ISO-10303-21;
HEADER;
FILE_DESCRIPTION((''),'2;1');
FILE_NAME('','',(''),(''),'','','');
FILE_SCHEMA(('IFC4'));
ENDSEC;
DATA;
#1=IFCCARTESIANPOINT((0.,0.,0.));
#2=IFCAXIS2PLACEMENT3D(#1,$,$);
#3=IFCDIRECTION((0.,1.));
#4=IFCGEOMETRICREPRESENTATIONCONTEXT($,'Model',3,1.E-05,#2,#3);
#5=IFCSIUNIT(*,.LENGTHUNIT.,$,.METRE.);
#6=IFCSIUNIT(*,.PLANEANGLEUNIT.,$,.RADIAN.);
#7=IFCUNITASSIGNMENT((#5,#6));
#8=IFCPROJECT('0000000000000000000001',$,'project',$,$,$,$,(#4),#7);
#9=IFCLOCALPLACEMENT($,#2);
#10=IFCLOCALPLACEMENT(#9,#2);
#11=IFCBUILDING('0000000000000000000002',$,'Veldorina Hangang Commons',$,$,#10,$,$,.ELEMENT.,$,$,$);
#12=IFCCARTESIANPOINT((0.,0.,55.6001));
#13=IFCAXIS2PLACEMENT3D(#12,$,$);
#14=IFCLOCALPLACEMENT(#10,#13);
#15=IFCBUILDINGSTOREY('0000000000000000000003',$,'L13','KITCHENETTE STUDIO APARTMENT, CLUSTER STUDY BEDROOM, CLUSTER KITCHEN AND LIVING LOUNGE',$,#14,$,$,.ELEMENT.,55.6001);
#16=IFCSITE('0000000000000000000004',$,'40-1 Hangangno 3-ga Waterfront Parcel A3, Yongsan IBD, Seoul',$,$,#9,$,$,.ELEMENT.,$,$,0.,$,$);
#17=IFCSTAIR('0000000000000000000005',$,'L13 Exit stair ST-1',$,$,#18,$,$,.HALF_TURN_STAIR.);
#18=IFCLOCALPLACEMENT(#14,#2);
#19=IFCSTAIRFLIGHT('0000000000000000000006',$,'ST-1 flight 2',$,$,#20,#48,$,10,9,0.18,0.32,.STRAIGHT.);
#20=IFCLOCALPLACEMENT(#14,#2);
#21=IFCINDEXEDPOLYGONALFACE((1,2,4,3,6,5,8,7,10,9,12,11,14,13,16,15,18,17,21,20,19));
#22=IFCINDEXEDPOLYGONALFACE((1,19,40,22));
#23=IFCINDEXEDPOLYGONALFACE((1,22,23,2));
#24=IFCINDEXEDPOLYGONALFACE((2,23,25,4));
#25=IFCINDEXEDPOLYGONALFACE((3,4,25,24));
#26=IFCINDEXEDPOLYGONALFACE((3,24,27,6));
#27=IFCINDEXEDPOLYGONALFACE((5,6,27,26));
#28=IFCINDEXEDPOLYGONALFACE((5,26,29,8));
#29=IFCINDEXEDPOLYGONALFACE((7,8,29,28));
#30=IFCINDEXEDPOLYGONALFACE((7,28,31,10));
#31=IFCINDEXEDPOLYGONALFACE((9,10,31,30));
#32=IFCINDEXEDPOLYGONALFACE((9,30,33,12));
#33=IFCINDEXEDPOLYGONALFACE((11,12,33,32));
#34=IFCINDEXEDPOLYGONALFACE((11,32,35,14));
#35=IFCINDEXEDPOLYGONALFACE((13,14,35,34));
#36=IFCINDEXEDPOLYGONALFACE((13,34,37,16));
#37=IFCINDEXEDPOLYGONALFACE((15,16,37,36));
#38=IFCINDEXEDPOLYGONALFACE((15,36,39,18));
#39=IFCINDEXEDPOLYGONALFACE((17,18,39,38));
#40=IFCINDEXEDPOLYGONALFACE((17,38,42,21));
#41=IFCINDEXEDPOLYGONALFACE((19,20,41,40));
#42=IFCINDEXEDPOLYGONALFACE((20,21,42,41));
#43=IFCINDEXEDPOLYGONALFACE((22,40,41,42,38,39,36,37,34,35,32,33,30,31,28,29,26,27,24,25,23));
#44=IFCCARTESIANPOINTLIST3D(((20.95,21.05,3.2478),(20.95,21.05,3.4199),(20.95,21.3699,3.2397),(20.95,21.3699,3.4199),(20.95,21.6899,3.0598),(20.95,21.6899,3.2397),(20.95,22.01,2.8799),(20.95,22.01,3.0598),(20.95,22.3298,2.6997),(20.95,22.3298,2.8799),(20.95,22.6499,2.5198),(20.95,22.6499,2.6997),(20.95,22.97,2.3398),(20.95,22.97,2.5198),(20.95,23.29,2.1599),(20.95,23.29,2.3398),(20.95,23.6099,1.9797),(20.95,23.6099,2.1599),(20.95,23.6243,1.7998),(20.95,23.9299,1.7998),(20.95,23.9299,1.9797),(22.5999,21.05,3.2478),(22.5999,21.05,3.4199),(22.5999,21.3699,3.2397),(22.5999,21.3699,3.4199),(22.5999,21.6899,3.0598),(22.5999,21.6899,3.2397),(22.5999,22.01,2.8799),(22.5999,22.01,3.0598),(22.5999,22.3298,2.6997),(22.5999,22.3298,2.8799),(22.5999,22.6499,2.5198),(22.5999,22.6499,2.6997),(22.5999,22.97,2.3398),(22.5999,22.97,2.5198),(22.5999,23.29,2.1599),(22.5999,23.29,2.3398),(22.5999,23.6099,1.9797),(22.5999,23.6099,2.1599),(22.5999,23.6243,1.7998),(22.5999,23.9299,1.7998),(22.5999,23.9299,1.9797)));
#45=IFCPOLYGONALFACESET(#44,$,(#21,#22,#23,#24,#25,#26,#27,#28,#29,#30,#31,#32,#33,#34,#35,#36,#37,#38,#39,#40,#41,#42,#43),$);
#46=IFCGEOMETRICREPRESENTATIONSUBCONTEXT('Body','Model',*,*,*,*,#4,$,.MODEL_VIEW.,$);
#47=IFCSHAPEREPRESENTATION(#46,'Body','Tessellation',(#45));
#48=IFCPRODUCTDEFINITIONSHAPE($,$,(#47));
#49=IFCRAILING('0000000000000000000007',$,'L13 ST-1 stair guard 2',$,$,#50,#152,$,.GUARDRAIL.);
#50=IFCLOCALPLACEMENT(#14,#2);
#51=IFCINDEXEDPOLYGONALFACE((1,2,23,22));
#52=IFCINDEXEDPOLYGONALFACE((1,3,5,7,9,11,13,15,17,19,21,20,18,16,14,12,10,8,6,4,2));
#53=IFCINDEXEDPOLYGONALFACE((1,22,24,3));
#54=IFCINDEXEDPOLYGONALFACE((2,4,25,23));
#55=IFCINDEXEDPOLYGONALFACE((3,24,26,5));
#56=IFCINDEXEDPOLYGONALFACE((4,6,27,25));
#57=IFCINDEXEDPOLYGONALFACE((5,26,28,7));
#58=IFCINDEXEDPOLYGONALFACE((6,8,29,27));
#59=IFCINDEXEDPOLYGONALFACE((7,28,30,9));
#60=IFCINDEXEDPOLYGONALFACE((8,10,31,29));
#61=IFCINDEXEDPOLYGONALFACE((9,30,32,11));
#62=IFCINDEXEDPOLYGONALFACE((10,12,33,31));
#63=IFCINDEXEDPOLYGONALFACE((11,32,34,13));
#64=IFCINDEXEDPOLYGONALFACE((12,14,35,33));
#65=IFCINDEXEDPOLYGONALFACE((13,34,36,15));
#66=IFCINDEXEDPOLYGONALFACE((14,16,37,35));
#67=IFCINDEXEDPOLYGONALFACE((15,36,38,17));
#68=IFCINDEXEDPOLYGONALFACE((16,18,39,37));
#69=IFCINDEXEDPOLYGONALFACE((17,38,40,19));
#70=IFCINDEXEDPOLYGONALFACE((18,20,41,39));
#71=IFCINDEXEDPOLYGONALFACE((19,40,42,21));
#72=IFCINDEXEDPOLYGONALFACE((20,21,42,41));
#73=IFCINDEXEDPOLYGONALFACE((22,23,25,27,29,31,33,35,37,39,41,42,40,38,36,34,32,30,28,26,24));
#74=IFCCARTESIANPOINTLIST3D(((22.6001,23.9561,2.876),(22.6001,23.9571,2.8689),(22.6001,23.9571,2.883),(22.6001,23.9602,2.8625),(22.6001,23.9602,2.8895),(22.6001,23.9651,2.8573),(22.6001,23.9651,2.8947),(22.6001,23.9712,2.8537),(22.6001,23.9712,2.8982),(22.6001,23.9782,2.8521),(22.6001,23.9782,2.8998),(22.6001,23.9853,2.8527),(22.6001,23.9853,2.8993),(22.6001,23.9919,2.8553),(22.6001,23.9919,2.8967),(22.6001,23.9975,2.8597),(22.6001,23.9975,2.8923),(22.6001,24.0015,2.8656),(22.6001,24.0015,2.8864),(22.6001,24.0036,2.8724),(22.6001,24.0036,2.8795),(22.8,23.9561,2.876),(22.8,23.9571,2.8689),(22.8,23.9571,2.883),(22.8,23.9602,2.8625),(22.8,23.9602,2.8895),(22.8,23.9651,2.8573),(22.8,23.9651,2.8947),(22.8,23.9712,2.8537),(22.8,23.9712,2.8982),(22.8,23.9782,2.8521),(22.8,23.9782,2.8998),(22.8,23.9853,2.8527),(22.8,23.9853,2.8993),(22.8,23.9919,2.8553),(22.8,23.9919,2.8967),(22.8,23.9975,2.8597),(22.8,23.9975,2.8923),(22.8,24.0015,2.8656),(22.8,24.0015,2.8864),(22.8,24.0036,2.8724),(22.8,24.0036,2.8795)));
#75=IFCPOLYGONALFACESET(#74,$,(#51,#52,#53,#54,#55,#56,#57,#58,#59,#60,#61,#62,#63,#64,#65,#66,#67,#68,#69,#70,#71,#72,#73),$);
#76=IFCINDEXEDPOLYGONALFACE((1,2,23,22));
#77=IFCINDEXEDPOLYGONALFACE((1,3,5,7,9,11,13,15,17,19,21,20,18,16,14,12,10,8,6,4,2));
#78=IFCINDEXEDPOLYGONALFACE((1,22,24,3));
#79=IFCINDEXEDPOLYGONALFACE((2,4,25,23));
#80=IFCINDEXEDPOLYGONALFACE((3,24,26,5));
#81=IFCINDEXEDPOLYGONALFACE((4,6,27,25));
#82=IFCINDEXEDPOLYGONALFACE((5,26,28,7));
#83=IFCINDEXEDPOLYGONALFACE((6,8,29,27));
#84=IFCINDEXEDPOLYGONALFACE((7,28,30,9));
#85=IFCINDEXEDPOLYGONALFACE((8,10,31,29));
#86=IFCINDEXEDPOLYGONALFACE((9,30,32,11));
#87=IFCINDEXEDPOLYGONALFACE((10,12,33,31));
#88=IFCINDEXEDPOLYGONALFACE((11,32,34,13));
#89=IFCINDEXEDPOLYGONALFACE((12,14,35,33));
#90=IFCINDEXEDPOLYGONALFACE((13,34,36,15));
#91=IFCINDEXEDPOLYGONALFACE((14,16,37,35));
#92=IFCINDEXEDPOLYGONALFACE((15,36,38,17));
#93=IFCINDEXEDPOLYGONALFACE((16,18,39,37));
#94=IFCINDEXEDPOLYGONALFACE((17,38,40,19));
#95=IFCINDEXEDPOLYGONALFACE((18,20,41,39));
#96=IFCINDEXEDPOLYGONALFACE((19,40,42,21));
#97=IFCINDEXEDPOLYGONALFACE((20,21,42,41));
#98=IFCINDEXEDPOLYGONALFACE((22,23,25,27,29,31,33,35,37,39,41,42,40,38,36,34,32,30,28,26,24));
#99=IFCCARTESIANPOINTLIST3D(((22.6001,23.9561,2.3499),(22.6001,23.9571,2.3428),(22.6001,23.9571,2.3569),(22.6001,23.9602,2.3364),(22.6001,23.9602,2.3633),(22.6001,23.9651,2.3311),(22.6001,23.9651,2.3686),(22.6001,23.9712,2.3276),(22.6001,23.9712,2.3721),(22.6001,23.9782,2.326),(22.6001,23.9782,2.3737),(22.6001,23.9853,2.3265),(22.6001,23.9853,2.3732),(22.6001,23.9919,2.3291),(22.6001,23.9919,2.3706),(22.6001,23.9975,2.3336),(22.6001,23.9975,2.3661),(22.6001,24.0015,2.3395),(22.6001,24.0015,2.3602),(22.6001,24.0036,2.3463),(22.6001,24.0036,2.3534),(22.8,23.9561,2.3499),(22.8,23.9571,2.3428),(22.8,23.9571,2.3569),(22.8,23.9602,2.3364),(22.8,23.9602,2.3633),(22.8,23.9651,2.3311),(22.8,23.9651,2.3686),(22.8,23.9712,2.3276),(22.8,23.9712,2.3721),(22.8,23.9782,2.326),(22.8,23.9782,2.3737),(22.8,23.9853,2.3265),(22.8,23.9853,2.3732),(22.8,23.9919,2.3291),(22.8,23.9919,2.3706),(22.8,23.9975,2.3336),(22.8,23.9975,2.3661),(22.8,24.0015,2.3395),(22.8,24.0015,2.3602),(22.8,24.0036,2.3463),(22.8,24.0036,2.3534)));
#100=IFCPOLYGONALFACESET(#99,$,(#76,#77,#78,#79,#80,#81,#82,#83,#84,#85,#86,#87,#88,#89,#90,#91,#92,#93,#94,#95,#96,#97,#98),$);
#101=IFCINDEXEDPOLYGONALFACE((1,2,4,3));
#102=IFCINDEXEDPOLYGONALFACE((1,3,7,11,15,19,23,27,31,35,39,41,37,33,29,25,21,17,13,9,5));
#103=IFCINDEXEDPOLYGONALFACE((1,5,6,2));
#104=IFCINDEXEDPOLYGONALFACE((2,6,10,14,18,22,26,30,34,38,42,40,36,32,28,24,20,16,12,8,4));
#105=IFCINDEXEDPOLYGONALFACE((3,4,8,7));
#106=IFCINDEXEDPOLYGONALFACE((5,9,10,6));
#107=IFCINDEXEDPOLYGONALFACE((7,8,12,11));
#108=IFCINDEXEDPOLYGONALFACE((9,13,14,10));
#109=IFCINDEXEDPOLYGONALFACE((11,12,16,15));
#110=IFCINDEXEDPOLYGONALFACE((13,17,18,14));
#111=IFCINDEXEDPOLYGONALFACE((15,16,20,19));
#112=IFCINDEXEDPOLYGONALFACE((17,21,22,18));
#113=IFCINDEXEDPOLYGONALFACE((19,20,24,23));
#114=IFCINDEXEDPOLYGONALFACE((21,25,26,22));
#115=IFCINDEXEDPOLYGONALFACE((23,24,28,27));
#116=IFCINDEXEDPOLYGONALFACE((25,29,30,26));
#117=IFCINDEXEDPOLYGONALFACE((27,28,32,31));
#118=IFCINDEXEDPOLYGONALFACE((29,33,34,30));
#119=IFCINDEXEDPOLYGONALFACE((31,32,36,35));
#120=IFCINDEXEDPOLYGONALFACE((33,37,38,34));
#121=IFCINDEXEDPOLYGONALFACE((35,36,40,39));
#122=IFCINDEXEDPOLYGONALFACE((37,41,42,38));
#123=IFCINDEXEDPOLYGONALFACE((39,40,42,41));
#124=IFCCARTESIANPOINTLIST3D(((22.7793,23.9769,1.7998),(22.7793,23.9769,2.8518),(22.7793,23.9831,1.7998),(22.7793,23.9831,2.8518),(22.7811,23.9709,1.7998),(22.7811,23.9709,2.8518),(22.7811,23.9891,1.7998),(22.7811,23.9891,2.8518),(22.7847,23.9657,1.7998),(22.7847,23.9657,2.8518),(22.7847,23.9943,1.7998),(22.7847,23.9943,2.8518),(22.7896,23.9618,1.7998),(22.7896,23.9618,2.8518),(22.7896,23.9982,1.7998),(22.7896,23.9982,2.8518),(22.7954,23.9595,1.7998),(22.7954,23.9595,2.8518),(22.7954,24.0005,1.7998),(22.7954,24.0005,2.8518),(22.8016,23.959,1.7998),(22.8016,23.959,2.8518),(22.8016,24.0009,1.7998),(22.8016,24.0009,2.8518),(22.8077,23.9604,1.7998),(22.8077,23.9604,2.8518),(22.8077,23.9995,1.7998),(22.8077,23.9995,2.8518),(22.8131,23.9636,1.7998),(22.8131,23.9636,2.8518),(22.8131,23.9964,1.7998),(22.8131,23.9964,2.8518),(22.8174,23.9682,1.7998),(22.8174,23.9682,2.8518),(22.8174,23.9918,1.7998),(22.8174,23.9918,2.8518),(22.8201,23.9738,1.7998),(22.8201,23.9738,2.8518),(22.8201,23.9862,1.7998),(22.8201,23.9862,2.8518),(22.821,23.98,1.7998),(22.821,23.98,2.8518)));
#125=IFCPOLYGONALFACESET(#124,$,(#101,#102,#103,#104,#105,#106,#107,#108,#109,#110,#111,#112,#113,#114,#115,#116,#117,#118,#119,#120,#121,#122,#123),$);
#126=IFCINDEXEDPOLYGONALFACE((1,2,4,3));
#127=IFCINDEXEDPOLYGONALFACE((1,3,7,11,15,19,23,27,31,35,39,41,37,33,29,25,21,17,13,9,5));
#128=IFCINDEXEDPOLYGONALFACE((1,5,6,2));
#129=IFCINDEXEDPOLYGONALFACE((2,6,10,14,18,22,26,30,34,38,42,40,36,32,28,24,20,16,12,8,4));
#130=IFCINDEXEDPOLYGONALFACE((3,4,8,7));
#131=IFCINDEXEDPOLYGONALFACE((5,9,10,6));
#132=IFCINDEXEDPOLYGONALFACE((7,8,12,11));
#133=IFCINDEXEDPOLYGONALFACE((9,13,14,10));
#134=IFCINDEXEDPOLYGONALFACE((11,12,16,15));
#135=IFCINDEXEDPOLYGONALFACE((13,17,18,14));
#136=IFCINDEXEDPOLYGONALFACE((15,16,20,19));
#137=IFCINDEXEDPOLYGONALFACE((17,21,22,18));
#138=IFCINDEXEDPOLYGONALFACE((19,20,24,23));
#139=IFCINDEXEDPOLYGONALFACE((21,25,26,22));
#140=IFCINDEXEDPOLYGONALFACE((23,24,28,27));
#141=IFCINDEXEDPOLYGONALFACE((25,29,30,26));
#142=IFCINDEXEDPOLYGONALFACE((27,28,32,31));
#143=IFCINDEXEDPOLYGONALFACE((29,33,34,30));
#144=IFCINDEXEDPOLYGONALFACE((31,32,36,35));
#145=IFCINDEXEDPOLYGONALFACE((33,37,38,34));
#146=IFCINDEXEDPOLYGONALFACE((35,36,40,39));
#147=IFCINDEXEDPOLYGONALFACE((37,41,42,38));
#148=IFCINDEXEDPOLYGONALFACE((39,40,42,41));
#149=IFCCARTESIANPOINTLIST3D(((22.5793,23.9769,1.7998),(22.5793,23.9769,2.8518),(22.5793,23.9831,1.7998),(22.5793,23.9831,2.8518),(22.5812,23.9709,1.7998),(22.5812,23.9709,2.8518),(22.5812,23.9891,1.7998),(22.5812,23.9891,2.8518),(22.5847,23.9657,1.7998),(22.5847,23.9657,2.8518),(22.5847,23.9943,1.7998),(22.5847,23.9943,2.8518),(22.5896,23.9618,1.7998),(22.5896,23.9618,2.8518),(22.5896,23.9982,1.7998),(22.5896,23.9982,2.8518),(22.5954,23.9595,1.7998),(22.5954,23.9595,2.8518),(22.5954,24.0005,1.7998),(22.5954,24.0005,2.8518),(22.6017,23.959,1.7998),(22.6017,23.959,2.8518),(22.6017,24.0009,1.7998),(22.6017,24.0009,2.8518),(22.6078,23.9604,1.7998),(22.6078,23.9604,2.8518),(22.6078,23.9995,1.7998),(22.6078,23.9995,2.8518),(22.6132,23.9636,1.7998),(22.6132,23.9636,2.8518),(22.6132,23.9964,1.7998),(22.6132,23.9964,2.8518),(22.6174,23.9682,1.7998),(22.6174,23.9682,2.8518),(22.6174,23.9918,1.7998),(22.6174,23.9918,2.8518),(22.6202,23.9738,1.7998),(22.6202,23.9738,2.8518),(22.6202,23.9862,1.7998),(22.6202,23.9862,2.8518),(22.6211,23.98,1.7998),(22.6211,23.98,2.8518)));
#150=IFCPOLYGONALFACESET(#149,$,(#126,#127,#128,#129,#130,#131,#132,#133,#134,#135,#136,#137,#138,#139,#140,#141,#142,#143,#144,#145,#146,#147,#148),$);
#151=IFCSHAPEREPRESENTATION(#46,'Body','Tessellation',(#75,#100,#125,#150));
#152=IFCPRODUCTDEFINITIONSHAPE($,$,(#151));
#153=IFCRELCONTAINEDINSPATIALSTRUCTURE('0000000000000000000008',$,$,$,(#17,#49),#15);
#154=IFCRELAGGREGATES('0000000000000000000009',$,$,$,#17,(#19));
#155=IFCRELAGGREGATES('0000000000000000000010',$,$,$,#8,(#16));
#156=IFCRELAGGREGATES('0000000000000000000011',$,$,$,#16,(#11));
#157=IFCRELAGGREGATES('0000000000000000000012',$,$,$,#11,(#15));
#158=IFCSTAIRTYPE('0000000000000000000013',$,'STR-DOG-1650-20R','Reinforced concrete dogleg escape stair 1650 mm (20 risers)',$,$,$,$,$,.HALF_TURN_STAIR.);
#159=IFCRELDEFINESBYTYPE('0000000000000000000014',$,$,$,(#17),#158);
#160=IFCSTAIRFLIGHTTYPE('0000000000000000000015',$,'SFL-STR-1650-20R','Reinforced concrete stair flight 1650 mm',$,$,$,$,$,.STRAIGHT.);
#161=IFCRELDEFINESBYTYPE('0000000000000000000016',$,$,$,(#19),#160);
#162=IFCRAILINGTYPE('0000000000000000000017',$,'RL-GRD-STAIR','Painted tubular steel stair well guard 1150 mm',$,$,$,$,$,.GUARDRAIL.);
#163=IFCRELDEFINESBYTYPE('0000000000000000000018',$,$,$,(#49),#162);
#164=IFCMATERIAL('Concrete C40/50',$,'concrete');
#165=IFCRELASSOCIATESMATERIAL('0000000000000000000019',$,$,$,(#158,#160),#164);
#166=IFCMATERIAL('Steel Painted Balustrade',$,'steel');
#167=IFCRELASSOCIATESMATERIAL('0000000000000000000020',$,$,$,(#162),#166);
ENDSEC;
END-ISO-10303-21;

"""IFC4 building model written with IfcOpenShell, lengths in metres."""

from ifc_helpers import new_model, si_unit, direction, frame, origin, origin_2d, place, context, subcontext, project, spatial, polyline, circle, outline, extrude, material, type_object, element, aggregate, save


model = new_model("IFC4")

# Units and contexts
model_context = context("Model", 3, precision=1e-05, world=origin(), true_north=direction((0.0, 1.0)))
body_context = subcontext(model_context, "Body", "Model", "MODEL_VIEW")
ifc_project = project(units=[si_unit("LENGTHUNIT", "METRE"), si_unit("PLANEANGLEUNIT", "RADIAN")], contexts=[model_context])

# Site, building, storey
site_placement = place(None, origin())
site = spatial("IfcSite", under=ifc_project, at=site_placement, Name="40-1 Hangangno 3-ga Waterfront Parcel A3, Yongsan IBD, Seoul", CompositionType="ELEMENT", RefElevation=0.0)
building_placement = place(site_placement, origin())
building = spatial("IfcBuilding", under=site, at=building_placement, Name="Veldorina Hangang Commons", CompositionType="ELEMENT")
storey_placement = place(building_placement, frame((0.0, 0.0, 55.6001)))
storey = spatial("IfcBuildingStorey", under=building, at=storey_placement, Name="L13", Description="KITCHENETTE STUDIO APARTMENT, CLUSTER STUDY BEDROOM, CLUSTER KITCHEN AND LIVING LOUNGE", CompositionType="ELEMENT", Elevation=55.6001)

# Stair, stair flight
ifc_material_1 = material(Name="Concrete C40/50", Category="concrete")
stair_type = type_object("IfcStairType", Name="STR-DOG-1650-20R", Description="Reinforced concrete dogleg escape stair 1650 mm (20 risers)", PredefinedType="HALF_TURN_STAIR", material=ifc_material_1)
stair_placement = place(storey_placement, origin())
stair = element("IfcStair", 1, at=stair_placement, inside=storey, type_object=stair_type, Name="L13 Exit stair ST-1", PredefinedType="HALF_TURN_STAIR")
stair_flight_type = type_object("IfcStairFlightType", Name="SFL-STR-1650-20R", Description="Reinforced concrete stair flight 1650 mm", PredefinedType="STRAIGHT", material=ifc_material_1)
stair_flight_placement = place(storey_placement, frame((21.7749, 23.9299, 1.7998), z_axis=(0.0, 0.0, 1.0), x_axis=(0.0, -1.0, 0.0)))
stair_flight = element("IfcStairFlight", 2, at=stair_flight_placement, type_object=stair_flight_type, Name="ST-1 flight 2", NumberOfRisers=10, NumberOfTreads=9, PredefinedType="STRAIGHT", RiserHeight=0.18, TreadLength=0.32, context=body_context, shape_type="SweptSolid", body=[
    extrude(outline(polyline([(0.0, 0.0), (0.0, 0.1799), (0.3201, 0.1799), (0.3201, 0.3601), (0.6399, 0.3601), (0.6399, 0.54), (0.96, 0.54), (0.96, 0.72), (1.28, 0.72), (1.28, 0.8999), (1.6001, 0.8999), (1.6001, 1.0801), (1.9199, 1.0801), (1.9199, 1.26), (2.24, 1.26), (2.24, 1.4399), (2.5601, 1.4399), (2.5601, 1.6201), (2.8799, 1.6201), (2.8799, 1.8), (2.8799, 1.448), (0.3057, 0.0), (0.0, 0.0)])), frame((0.0, 0.825, 0.0), z_axis=(0.0, -1.0, 0.0), x_axis=(1.0, 0.0, 0.0)), (0.0, 0.0, 1.0), 1.6499),
])
aggregate(stair, [stair_flight])

# Railing
ifc_material_2 = material(Name="Steel Painted Balustrade", Category="steel")
railing_type_1 = type_object("IfcRailingType", Name="RL-GRD-STAIR", Description="Painted tubular steel stair well guard 1150 mm", PredefinedType="GUARDRAIL", material=ifc_material_2)
railing_1_placement = place(storey_placement, frame((22.8, 23.98, 1.7998)))
element("IfcRailing", 3, at=railing_1_placement, inside=storey, type_object=railing_type_1, Name="L13 ST-1 stair guard 2", PredefinedType="GUARDRAIL", context=body_context, shape_type="SweptSolid", body=[
    extrude(circle(Radius=0.0239, at=origin_2d()), frame((0.0, 0.0, 1.0762), z_axis=(-1.0, 0.0, 0.0), x_axis=(0.0, -1.0, 0.0)), (0.0, 0.0, 1.0), 0.2),
    extrude(circle(Radius=0.0239, at=origin_2d()), frame((0.0, 0.0, 0.55), z_axis=(-1.0, 0.0, 0.0), x_axis=(0.0, -1.0, 0.0)), (0.0, 0.0, 1.0), 0.2),
    extrude(circle(Radius=0.021, at=origin_2d()), origin(), (0.0, 0.0, 1.0), 1.052),
    extrude(circle(Radius=0.021, at=origin_2d()), frame((-0.2, 0.0, 0.0)), (0.0, 0.0, 1.0), 1.052),
])

save(model, "model.ifc")
